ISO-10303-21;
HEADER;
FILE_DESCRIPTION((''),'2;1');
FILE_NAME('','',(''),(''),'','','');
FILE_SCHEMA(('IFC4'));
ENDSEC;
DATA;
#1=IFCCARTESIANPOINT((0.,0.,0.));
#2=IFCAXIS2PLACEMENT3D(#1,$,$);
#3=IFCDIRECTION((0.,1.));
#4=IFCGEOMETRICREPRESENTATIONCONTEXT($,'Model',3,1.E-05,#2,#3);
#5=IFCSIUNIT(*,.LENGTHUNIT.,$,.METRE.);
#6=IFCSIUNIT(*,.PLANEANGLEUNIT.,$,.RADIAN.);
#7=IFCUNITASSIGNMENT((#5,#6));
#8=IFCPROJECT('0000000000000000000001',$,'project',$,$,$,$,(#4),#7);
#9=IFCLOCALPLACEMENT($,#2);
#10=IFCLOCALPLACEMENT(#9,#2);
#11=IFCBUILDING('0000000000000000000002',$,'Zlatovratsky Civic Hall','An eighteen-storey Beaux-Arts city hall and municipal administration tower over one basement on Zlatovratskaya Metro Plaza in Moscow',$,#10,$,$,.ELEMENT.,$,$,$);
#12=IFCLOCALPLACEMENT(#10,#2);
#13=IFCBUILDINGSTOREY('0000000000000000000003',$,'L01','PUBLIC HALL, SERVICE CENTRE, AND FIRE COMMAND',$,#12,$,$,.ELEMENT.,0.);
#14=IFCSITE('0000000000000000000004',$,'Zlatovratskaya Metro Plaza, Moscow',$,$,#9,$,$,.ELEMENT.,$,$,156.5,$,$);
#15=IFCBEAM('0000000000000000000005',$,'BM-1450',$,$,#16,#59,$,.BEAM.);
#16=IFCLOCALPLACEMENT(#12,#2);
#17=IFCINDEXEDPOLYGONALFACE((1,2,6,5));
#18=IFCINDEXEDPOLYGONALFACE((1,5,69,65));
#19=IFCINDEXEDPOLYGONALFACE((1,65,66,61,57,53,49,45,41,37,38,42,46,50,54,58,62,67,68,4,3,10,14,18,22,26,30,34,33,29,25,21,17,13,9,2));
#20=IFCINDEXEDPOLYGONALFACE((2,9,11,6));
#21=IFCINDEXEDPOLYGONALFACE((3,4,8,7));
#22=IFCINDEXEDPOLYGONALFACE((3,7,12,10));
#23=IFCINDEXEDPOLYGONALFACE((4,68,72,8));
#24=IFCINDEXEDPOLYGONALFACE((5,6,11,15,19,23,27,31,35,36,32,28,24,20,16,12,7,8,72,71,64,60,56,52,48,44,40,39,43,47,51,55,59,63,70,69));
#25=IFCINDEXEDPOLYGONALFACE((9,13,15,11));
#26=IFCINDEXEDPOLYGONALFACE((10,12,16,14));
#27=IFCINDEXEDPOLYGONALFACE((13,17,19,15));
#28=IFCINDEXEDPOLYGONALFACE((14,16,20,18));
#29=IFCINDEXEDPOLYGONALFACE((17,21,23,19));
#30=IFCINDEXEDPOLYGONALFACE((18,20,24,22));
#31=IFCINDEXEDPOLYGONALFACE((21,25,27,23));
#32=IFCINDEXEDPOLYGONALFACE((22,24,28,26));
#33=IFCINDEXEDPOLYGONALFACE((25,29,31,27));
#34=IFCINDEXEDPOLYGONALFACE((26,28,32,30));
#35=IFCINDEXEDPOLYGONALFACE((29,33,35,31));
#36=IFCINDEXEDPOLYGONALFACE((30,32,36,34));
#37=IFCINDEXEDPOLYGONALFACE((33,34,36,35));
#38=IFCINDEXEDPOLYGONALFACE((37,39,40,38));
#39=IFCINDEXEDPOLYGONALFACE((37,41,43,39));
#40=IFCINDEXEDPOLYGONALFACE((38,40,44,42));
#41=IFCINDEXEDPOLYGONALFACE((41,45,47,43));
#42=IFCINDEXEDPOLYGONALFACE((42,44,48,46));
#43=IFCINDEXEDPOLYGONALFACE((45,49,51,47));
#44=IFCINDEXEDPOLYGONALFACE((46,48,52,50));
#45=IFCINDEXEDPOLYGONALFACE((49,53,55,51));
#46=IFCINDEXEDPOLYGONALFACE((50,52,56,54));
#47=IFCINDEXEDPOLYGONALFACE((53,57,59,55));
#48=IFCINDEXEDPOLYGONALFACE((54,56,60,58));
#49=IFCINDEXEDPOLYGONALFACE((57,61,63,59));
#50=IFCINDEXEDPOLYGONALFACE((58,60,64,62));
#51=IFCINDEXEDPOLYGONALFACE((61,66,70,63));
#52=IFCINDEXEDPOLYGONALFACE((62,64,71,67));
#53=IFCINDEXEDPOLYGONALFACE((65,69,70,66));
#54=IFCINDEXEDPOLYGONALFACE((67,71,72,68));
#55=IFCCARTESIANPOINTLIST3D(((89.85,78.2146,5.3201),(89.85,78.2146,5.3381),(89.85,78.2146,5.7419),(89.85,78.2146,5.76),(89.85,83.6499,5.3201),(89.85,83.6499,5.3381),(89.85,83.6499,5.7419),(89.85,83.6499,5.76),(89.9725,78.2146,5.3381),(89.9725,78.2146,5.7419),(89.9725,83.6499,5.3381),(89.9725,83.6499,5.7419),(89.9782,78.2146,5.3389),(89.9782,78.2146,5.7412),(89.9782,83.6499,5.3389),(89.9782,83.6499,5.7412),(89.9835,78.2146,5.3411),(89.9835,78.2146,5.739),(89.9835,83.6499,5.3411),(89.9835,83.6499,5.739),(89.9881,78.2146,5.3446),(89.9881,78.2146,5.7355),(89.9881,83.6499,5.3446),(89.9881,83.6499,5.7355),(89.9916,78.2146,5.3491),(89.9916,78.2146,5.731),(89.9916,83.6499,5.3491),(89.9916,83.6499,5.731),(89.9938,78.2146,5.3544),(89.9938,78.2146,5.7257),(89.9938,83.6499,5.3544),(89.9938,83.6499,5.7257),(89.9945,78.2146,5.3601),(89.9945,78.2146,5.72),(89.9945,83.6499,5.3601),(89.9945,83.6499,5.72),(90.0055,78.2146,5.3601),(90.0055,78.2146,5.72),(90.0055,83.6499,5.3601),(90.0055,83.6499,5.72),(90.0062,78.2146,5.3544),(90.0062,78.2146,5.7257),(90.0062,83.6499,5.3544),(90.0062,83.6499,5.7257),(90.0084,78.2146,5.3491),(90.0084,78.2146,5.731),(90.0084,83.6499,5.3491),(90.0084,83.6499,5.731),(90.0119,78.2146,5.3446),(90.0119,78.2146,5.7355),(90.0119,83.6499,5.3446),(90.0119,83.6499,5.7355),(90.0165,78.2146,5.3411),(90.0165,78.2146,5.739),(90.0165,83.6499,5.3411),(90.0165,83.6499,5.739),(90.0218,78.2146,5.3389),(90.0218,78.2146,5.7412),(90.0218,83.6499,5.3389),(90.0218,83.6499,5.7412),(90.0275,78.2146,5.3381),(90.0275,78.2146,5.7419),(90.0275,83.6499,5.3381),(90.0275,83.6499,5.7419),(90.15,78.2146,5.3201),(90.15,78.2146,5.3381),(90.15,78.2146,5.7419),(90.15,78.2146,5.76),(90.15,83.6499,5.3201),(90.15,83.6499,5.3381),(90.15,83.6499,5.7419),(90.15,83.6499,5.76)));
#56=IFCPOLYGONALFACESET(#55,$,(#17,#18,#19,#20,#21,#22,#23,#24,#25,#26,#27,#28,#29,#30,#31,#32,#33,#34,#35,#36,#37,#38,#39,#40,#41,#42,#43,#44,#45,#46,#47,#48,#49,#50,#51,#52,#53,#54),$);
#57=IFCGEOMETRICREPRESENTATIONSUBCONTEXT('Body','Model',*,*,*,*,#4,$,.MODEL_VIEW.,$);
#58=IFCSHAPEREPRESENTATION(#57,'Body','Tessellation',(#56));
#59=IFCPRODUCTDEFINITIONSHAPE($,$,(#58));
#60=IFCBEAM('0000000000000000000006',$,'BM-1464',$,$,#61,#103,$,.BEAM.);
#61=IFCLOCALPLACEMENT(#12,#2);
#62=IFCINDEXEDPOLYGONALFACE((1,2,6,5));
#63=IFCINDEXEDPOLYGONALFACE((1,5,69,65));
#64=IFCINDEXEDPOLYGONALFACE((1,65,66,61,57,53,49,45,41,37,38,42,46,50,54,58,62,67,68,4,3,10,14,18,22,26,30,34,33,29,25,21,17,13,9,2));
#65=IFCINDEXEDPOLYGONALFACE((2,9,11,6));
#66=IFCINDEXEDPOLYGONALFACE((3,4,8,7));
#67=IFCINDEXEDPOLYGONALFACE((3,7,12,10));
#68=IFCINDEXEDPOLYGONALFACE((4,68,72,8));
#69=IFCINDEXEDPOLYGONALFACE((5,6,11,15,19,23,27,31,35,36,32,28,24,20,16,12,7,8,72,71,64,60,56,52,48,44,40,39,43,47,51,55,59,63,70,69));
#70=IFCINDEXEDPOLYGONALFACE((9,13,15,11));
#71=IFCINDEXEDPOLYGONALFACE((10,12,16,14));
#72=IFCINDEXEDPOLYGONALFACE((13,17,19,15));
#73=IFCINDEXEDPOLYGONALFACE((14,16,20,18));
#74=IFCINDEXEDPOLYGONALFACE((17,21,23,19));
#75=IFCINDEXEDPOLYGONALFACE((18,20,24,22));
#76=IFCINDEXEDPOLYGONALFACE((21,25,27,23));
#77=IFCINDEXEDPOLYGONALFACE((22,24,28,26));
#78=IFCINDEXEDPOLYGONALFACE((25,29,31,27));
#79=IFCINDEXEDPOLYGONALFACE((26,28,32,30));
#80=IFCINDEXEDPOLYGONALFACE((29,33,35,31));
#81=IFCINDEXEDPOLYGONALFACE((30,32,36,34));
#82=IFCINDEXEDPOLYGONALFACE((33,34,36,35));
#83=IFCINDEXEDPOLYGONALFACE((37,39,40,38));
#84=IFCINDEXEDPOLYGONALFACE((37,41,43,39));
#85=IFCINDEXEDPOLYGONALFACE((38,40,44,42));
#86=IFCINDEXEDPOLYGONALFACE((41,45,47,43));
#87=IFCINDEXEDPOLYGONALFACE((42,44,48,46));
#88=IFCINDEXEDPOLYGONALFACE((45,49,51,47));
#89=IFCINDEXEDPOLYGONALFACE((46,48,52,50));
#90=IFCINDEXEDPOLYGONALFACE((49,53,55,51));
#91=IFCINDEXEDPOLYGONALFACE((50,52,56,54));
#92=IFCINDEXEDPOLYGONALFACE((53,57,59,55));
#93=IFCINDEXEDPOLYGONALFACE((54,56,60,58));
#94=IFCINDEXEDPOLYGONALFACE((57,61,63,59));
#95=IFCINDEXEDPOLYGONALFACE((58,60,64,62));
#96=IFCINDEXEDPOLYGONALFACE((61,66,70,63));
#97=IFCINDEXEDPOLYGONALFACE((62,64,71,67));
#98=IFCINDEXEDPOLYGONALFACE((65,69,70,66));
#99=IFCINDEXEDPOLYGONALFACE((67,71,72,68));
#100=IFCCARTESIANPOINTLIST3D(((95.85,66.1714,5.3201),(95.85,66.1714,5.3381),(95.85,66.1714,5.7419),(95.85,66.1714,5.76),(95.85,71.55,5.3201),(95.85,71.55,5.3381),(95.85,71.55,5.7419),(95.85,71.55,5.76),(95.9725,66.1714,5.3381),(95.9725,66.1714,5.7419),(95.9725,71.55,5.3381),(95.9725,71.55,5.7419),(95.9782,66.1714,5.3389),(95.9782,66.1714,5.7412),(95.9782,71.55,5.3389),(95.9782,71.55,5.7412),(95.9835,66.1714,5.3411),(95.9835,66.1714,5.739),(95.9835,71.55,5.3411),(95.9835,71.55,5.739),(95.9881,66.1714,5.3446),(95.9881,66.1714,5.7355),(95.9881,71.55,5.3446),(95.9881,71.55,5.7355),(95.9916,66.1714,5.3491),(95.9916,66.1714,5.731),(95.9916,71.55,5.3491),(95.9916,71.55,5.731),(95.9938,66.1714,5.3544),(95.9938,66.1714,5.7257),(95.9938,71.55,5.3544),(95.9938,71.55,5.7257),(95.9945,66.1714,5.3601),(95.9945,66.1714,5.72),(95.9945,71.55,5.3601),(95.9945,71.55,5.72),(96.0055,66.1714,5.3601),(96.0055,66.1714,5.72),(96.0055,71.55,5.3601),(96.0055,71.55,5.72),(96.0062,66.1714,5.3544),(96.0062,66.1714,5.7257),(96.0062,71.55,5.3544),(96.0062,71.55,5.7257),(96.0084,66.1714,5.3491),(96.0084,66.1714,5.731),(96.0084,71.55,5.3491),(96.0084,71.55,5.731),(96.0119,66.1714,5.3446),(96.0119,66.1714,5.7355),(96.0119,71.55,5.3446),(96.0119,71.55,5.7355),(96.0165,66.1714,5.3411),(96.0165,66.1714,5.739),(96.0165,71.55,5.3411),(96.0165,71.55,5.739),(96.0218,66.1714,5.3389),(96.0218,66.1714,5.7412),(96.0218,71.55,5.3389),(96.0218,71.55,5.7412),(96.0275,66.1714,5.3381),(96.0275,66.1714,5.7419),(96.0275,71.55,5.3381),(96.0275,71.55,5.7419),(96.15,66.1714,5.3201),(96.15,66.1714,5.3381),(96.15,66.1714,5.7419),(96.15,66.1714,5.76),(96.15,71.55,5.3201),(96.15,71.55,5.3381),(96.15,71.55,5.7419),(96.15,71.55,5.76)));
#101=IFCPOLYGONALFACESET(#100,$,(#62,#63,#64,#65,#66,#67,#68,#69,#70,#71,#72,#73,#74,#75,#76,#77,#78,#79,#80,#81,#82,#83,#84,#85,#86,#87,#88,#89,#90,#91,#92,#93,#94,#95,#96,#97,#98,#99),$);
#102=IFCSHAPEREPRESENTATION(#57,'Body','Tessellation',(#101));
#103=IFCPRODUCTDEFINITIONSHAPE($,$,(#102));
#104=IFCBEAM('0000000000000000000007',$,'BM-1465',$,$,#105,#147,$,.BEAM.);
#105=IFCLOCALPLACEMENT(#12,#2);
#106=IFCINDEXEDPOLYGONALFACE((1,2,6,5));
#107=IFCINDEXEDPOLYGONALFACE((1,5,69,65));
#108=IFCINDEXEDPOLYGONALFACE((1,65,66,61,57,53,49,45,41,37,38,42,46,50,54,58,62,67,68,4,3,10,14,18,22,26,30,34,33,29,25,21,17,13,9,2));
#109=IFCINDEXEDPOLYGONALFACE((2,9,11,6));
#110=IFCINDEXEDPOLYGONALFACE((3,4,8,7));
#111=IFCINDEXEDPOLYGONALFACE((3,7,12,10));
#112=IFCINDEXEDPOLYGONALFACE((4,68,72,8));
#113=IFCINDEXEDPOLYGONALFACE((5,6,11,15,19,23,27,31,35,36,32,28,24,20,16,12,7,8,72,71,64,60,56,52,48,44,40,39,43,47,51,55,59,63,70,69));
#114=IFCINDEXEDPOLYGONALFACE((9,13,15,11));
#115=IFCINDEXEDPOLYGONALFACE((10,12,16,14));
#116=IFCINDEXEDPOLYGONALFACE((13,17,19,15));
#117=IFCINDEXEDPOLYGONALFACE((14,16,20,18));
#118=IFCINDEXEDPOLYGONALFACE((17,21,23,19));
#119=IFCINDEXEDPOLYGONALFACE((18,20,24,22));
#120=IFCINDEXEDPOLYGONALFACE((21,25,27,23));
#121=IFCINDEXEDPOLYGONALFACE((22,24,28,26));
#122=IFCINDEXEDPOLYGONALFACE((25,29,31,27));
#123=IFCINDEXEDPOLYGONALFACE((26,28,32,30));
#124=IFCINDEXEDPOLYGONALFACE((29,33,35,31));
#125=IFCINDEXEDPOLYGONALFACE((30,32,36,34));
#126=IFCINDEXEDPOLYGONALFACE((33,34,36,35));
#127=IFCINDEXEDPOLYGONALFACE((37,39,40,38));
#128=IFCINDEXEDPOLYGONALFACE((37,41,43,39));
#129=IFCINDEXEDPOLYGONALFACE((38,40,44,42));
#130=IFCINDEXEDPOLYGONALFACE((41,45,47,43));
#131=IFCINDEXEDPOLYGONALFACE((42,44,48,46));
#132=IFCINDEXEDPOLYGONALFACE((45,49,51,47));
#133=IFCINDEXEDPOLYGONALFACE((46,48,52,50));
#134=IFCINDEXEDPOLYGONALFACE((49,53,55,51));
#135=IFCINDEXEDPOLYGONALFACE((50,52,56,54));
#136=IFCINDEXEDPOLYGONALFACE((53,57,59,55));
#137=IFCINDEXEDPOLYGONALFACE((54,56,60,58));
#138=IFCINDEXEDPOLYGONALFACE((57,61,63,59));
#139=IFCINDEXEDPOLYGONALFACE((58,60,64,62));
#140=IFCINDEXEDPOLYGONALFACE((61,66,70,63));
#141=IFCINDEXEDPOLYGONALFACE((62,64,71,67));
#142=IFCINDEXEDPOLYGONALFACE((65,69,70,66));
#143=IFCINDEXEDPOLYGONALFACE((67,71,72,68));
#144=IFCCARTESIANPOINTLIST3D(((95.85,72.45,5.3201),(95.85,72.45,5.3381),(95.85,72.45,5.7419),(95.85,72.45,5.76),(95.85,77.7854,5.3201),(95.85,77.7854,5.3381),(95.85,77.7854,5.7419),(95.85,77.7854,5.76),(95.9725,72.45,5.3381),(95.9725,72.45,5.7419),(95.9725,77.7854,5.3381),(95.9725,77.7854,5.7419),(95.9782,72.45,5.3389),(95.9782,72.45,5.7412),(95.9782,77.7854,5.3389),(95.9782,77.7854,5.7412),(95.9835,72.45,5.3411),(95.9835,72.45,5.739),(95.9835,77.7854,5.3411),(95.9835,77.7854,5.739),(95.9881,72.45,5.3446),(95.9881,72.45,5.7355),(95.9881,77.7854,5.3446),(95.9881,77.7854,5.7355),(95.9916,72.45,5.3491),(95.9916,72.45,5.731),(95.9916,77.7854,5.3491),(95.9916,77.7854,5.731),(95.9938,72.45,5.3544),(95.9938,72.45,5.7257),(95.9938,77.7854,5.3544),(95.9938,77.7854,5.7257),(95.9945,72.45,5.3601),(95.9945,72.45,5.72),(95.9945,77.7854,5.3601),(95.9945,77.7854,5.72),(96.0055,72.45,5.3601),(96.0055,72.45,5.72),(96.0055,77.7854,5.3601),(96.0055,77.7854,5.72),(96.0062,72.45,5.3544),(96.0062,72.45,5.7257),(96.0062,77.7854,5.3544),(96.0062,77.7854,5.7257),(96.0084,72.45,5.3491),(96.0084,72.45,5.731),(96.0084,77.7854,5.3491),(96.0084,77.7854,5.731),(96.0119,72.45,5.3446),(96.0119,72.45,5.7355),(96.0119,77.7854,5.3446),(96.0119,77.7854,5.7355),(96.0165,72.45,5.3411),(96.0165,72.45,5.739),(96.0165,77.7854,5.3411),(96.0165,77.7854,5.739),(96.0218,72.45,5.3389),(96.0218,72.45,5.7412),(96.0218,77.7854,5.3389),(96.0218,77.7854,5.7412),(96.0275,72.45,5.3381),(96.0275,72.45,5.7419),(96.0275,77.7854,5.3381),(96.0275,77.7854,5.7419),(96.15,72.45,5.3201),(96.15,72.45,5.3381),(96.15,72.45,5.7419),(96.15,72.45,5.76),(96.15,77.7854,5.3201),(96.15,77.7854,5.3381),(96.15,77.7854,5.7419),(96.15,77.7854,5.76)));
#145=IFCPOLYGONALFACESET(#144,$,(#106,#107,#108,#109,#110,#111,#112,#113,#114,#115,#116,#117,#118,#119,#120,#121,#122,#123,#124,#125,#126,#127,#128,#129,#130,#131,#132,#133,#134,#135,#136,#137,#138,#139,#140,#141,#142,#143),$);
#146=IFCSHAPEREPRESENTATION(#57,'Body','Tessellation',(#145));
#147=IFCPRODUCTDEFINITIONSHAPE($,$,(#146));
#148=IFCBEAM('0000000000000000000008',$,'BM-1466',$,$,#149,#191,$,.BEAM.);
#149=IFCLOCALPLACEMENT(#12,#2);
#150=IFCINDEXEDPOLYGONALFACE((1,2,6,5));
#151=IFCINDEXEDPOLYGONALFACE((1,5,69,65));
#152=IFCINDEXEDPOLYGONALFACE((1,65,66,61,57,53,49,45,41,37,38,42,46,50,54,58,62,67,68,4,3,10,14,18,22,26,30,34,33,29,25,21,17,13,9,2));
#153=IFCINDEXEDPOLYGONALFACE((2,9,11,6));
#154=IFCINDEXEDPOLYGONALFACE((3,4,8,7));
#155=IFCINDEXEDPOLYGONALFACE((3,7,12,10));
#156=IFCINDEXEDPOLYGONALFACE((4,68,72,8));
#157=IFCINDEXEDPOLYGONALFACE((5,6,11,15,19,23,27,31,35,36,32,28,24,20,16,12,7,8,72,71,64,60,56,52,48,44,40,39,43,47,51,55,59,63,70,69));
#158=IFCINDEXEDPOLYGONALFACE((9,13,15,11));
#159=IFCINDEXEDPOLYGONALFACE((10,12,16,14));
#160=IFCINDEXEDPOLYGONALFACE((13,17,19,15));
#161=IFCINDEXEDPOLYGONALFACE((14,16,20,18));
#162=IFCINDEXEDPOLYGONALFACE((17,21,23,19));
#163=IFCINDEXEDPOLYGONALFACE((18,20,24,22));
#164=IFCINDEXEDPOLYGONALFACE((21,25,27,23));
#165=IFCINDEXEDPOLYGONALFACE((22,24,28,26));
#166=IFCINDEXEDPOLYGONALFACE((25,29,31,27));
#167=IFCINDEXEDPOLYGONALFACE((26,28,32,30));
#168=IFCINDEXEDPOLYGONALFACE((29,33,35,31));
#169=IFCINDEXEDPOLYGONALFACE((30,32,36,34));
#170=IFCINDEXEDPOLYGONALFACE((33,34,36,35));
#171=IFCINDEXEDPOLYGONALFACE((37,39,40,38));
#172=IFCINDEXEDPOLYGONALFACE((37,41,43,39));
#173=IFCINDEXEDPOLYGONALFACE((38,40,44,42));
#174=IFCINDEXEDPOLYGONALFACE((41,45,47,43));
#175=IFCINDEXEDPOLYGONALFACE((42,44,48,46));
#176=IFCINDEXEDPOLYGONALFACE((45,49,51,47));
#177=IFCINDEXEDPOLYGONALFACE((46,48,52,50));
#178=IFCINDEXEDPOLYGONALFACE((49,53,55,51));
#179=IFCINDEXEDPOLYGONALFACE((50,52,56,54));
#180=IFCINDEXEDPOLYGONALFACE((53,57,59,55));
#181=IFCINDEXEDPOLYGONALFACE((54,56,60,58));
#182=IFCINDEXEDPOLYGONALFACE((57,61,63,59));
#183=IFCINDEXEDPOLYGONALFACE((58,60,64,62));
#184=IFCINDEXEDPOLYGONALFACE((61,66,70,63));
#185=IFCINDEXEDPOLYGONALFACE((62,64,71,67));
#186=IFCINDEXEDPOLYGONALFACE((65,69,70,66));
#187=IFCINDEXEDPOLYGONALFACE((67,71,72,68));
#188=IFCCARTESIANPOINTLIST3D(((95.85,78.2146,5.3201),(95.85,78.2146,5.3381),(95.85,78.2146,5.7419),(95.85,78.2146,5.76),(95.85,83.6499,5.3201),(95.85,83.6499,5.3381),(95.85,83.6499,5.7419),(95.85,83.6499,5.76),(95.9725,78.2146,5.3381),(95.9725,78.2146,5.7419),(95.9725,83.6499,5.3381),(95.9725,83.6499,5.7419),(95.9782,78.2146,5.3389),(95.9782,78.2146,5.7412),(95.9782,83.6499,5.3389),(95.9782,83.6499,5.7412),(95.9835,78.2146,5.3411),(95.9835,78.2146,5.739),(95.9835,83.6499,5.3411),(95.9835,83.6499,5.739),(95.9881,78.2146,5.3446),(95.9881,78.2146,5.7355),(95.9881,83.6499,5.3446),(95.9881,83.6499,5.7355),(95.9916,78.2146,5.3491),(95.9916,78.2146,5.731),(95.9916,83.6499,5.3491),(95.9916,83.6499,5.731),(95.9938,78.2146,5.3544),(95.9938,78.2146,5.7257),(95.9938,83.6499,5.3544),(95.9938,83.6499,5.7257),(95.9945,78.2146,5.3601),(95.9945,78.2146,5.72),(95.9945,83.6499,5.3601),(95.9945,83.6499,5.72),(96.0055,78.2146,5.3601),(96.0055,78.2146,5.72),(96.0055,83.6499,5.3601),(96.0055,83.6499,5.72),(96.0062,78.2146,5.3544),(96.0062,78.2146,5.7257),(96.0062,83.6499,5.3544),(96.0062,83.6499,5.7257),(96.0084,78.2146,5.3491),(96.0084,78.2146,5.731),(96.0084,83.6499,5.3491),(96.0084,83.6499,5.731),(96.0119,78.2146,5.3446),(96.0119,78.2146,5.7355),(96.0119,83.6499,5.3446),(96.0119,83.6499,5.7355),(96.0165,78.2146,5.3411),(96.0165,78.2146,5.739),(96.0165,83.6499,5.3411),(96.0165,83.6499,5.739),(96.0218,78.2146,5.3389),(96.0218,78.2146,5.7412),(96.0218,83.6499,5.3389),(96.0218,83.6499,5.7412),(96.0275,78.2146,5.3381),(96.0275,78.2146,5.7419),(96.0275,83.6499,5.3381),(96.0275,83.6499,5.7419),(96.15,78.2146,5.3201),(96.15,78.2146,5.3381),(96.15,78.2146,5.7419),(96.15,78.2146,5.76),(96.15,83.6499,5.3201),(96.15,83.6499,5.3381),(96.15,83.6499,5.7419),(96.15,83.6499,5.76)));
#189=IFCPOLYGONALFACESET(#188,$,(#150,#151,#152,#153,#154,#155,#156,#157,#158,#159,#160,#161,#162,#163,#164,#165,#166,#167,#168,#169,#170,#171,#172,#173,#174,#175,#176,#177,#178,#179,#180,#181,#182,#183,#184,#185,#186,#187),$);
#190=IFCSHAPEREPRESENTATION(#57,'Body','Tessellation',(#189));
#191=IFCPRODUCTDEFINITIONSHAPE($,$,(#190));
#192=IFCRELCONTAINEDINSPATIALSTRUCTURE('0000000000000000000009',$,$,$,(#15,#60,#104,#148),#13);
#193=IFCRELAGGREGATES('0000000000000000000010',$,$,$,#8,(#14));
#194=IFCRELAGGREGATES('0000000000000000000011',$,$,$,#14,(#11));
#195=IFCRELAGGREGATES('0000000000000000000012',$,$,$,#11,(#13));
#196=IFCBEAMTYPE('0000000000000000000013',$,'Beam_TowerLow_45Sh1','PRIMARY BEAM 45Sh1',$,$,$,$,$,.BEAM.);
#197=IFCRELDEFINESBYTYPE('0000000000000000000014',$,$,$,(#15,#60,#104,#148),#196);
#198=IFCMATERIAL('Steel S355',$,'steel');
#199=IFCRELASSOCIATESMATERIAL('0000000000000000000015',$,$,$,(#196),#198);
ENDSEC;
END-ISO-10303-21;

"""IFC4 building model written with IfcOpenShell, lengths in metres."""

from ifc_helpers import new_model, si_unit, direction, frame, origin, origin_2d, place, context, subcontext, project, spatial, i_section, extrude, material, material_profile, profile_set, type_object, element, save


model = new_model("IFC4")

# Units and contexts
model_context = context("Model", 3, precision=1e-05, world=origin(), true_north=direction((0.0, 1.0)))
body_context = subcontext(model_context, "Body", "Model", "MODEL_VIEW")
ifc_project = project(units=[si_unit("LENGTHUNIT", "METRE"), si_unit("PLANEANGLEUNIT", "RADIAN")], contexts=[model_context])

# Site, building, storey
site_placement = place(None, origin())
site = spatial("IfcSite", under=ifc_project, at=site_placement, Name="Zlatovratskaya Metro Plaza, Moscow", CompositionType="ELEMENT", RefElevation=156.5)
building_placement = place(site_placement, origin())
building = spatial("IfcBuilding", under=site, at=building_placement, Name="Zlatovratsky Civic Hall", Description="An eighteen-storey Beaux-Arts city hall and municipal administration tower over one basement on Zlatovratskaya Metro Plaza in Moscow", CompositionType="ELEMENT")
storey_placement = place(building_placement, origin())
storey = spatial("IfcBuildingStorey", under=building, at=storey_placement, Name="L01", Description="PUBLIC HALL, SERVICE CENTRE, AND FIRE COMMAND", CompositionType="ELEMENT", Elevation=0.0)

# Shared definitions
ifc_material_1 = material(Name="Steel S355", Category="steel")

# Beams
ifc_material_profile_1 = material_profile(ifc_material_1, i_section(OverallWidth=0.3, OverallDepth=0.4399, WebThickness=0.011, FlangeThickness=0.0181, FilletRadius=0.022, at=origin_2d()), Name="45Sh1")
ifc_profile_set_1 = profile_set([ifc_material_profile_1], Name="Steel S355")
beam_type = type_object("IfcBeamType", Name="Beam_TowerLow_45Sh1", Description="PRIMARY BEAM 45Sh1", PredefinedType="BEAM", material=ifc_profile_set_1)
beam_1_placement = place(storey_placement, frame((90.0, 78.2146, 5.54), z_axis=(0.0, 1.0, 0.0), x_axis=(-1.0, 0.0, 0.0)))
element("IfcBeam", 1, at=beam_1_placement, inside=storey, type_object=beam_type, Name="BM-1450", PredefinedType="BEAM", context=body_context, shape_type="SweptSolid", body=[
    extrude(i_section(OverallWidth=0.3, OverallDepth=0.4399, WebThickness=0.011, FlangeThickness=0.0181, FilletRadius=0.022, at=origin_2d()), origin(), (0.0, 0.0, 1.0), 5.4353),
])
beam_2_placement = place(storey_placement, frame((96.0, 66.1714, 5.54), z_axis=(0.0, 1.0, 0.0), x_axis=(-1.0, 0.0, 0.0)))
element("IfcBeam", 2, at=beam_2_placement, inside=storey, type_object=beam_type, Name="BM-1464", PredefinedType="BEAM", context=body_context, shape_type="SweptSolid", body=[
    extrude(i_section(OverallWidth=0.3, OverallDepth=0.4399, WebThickness=0.011, FlangeThickness=0.0181, FilletRadius=0.022, at=origin_2d()), origin(), (0.0, 0.0, 1.0), 5.3787),
])
beam_3_placement = place(storey_placement, frame((96.0, 72.45, 5.54), z_axis=(0.0, 1.0, 0.0), x_axis=(-1.0, 0.0, 0.0)))
element("IfcBeam", 3, at=beam_3_placement, inside=storey, type_object=beam_type, Name="BM-1465", PredefinedType="BEAM", context=body_context, shape_type="SweptSolid", body=[
    extrude(i_section(OverallWidth=0.3, OverallDepth=0.4399, WebThickness=0.011, FlangeThickness=0.0181, FilletRadius=0.022, at=origin_2d()), origin(), (0.0, 0.0, 1.0), 5.3354),
])
beam_4_placement = place(storey_placement, frame((96.0, 78.2146, 5.54), z_axis=(0.0, 1.0, 0.0), x_axis=(-1.0, 0.0, 0.0)))
element("IfcBeam", 4, at=beam_4_placement, inside=storey, type_object=beam_type, Name="BM-1466", PredefinedType="BEAM", context=body_context, shape_type="SweptSolid", body=[
    extrude(i_section(OverallWidth=0.3, OverallDepth=0.4399, WebThickness=0.011, FlangeThickness=0.0181, FilletRadius=0.022, at=origin_2d()), origin(), (0.0, 0.0, 1.0), 5.4353),
])

save(model, "model.ifc")
